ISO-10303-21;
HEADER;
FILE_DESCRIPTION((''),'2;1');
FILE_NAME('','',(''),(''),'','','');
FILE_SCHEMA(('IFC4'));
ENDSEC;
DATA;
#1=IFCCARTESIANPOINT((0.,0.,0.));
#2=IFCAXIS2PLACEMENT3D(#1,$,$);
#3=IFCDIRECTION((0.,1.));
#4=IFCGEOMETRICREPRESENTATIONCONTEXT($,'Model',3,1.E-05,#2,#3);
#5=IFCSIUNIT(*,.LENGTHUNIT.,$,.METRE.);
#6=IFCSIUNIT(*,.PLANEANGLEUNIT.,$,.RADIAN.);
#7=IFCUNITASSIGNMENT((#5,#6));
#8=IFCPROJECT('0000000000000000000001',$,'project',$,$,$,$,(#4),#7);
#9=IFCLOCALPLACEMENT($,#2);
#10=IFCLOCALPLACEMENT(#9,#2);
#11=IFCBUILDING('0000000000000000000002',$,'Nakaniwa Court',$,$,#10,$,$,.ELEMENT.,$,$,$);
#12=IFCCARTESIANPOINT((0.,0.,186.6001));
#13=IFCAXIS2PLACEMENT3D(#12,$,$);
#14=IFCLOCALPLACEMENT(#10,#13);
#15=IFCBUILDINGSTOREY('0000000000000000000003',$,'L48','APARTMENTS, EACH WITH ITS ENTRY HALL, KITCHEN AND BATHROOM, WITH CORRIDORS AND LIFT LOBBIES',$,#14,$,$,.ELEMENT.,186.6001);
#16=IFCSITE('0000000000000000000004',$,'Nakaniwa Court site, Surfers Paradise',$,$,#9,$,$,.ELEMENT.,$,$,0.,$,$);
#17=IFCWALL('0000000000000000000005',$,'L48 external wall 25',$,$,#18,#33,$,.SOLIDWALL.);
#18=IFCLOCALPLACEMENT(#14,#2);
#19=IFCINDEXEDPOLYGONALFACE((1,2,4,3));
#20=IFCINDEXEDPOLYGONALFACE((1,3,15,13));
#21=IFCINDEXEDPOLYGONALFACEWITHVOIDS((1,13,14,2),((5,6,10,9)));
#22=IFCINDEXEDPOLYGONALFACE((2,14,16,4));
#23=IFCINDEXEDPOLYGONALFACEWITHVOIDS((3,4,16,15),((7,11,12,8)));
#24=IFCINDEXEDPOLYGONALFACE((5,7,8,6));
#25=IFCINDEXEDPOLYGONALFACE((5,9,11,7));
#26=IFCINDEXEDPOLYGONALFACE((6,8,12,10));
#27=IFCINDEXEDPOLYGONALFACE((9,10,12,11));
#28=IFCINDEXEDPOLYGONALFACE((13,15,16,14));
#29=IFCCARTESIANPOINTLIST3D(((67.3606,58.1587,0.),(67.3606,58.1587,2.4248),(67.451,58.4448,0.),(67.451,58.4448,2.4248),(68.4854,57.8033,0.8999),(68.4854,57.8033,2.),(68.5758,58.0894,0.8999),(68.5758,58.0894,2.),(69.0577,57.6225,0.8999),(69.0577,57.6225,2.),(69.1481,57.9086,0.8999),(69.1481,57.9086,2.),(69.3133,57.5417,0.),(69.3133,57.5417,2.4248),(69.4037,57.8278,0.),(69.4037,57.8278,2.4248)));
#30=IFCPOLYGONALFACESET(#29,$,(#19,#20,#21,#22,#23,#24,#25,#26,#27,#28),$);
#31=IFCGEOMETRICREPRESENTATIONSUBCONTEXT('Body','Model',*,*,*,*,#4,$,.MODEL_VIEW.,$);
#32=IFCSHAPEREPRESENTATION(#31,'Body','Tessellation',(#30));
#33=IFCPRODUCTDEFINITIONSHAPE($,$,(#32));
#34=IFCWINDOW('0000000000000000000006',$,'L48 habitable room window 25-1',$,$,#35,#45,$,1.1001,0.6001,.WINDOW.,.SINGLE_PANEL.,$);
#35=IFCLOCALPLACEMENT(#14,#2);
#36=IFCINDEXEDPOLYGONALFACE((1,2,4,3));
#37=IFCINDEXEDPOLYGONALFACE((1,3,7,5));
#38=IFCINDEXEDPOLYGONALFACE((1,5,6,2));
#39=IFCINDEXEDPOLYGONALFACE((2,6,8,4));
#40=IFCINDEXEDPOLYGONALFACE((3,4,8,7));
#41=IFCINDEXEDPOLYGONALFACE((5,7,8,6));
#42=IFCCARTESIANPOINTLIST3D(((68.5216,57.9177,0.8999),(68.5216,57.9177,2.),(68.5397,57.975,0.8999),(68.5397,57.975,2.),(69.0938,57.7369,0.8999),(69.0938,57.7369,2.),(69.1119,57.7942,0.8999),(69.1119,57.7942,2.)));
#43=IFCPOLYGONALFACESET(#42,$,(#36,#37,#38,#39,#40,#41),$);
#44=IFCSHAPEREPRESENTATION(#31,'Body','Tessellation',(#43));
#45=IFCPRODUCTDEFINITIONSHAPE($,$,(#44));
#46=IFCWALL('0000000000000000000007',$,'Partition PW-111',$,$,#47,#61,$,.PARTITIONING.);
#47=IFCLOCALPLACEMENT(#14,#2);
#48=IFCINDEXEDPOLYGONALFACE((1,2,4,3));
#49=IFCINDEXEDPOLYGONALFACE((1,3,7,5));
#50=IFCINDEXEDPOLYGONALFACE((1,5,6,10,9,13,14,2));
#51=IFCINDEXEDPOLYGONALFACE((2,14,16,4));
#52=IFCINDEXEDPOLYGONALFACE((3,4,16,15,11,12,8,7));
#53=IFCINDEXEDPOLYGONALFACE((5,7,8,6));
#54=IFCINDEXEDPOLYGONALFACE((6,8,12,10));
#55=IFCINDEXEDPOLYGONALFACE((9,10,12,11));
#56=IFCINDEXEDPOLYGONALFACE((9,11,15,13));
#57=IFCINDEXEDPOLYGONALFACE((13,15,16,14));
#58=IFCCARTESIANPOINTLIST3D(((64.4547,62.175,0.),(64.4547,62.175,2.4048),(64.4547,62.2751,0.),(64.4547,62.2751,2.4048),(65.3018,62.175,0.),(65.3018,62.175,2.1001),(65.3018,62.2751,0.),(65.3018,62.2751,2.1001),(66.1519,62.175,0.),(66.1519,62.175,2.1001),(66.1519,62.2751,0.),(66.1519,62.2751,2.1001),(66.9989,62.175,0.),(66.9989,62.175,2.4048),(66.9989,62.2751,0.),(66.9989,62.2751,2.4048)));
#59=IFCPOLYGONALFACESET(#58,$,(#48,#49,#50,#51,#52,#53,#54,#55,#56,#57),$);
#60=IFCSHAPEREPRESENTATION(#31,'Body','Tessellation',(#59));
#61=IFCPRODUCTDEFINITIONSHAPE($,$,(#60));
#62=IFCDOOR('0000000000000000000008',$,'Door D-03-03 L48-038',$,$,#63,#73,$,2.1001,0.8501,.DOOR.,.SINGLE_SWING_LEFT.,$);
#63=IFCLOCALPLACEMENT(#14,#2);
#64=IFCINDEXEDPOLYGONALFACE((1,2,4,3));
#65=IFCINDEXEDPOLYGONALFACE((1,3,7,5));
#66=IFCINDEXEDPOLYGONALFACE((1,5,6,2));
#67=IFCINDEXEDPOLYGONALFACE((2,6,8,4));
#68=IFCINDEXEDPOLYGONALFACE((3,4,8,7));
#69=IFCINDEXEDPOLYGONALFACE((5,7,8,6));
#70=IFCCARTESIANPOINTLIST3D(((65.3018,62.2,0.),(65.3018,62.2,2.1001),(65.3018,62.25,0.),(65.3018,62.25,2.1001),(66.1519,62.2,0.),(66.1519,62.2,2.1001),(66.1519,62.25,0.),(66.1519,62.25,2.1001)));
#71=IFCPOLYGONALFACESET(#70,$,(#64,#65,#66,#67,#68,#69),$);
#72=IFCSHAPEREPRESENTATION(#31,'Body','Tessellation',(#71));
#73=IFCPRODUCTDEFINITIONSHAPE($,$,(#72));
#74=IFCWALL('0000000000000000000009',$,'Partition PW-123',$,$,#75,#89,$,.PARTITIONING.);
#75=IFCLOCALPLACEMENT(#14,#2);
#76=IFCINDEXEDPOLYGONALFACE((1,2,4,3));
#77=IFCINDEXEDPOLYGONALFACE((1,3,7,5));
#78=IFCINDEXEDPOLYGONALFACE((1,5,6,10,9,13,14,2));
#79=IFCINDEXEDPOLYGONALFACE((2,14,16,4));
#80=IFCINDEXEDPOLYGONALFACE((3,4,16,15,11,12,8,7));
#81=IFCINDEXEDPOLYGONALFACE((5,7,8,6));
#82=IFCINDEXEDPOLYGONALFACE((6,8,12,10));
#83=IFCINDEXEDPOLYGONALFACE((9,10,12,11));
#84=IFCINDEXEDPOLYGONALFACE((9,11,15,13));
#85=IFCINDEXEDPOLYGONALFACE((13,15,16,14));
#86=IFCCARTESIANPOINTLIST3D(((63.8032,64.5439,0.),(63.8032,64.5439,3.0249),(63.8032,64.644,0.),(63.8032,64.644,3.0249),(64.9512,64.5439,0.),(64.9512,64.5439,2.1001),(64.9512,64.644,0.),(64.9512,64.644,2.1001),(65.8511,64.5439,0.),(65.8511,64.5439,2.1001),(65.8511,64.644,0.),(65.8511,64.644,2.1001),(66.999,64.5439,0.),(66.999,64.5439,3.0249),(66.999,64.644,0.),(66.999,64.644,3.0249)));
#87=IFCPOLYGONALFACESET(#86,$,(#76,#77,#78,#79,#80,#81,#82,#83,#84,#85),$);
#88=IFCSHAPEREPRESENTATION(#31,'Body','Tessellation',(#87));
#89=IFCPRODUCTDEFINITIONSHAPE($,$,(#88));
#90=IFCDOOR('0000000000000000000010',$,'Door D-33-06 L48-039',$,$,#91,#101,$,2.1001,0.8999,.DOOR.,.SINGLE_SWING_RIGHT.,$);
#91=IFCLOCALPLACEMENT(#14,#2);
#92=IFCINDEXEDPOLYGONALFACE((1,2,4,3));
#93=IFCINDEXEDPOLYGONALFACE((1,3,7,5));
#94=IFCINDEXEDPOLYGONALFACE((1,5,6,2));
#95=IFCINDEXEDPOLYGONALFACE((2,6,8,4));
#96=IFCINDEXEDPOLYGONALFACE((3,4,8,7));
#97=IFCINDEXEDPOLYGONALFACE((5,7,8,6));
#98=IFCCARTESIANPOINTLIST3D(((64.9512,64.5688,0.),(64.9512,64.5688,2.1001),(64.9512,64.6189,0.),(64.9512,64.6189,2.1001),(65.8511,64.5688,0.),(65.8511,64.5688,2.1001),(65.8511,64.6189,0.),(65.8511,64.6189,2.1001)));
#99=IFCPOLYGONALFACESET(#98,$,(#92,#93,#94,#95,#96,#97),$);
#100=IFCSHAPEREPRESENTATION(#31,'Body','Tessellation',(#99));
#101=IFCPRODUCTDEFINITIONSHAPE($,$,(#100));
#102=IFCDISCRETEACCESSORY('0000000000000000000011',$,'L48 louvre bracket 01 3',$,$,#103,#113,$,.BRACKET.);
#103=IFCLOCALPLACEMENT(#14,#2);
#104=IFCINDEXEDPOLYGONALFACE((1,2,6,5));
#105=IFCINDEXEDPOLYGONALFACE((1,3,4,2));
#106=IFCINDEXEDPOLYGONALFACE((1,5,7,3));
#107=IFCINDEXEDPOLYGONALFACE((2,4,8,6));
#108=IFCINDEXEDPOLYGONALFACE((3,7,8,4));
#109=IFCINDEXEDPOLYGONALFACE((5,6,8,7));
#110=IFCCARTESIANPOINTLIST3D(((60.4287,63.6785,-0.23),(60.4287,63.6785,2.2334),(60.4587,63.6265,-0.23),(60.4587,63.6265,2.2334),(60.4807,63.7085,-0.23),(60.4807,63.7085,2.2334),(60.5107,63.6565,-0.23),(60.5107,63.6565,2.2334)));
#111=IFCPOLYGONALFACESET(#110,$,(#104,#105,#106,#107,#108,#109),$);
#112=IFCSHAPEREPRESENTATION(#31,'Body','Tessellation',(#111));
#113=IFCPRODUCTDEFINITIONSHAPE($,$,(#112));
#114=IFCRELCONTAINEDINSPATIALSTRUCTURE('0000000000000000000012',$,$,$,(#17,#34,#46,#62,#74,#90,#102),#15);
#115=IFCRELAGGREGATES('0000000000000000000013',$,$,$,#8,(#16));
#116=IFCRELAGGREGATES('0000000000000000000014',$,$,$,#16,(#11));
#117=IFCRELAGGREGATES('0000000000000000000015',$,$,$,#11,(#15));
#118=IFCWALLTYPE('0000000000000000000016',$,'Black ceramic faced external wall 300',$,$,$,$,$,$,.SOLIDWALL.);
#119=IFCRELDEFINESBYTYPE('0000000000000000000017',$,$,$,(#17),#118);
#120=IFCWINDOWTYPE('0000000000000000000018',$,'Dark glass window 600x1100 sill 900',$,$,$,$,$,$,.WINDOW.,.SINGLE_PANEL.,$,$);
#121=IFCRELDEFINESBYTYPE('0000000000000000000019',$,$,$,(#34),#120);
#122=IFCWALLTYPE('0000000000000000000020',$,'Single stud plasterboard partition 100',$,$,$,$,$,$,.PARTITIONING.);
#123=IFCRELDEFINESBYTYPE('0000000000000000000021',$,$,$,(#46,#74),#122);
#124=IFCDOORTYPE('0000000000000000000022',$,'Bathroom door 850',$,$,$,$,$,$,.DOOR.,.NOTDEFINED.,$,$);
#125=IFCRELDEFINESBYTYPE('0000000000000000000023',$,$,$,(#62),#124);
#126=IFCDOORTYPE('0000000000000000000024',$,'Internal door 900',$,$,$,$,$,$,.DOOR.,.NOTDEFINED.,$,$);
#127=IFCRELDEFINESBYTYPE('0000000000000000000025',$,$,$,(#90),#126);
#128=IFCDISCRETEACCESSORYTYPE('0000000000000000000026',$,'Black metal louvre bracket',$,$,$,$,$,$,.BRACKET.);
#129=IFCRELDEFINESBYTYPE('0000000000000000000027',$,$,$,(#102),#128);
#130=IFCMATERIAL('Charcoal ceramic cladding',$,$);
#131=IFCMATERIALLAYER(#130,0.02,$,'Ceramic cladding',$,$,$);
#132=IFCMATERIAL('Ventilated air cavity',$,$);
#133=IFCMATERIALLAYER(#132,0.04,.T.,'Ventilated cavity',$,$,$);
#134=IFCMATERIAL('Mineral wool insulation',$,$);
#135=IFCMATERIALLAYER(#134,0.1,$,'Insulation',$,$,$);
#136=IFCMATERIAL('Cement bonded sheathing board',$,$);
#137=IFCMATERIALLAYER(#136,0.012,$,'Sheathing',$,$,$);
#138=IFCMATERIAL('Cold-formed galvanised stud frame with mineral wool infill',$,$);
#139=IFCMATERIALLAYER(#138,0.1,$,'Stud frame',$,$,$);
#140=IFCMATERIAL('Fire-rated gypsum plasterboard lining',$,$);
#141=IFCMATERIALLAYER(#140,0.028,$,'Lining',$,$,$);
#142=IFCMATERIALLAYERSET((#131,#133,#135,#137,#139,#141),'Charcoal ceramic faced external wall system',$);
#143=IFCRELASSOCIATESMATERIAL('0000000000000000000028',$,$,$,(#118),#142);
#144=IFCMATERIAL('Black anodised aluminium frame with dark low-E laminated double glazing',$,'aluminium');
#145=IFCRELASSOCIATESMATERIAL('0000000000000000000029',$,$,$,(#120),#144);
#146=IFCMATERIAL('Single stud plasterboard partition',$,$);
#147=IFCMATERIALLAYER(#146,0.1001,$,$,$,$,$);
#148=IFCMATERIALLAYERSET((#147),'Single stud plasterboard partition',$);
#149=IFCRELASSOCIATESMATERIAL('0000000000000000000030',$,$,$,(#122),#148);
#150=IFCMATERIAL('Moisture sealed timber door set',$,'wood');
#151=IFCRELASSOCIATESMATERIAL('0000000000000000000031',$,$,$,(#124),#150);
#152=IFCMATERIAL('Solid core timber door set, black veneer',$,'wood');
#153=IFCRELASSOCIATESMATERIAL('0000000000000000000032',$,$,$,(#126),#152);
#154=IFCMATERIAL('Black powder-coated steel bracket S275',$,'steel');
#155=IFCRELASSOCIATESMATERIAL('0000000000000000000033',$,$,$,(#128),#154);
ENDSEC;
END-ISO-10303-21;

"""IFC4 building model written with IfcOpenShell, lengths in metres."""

from ifc_helpers import new_model, si_unit, direction, frame, frame_2d, origin, origin_2d, place, context, subcontext, project, spatial, rectangle, extrude, material, layer, layer_set, type_object, element, fill, save


model = new_model("IFC4")

# Units and contexts
model_context = context("Model", 3, precision=1e-05, world=origin(), true_north=direction((0.0, 1.0)))
body_context = subcontext(model_context, "Body", "Model", "MODEL_VIEW")
ifc_project = project(units=[si_unit("LENGTHUNIT", "METRE"), si_unit("PLANEANGLEUNIT", "RADIAN")], contexts=[model_context])

# Site, building, storey
site_placement = place(None, origin())
site = spatial("IfcSite", under=ifc_project, at=site_placement, Name="Nakaniwa Court site, Surfers Paradise", CompositionType="ELEMENT", RefElevation=0.0)
building_placement = place(site_placement, origin())
building = spatial("IfcBuilding", under=site, at=building_placement, Name="Nakaniwa Court", CompositionType="ELEMENT")
storey_placement = place(building_placement, frame((0.0, 0.0, 186.6001)))
storey = spatial("IfcBuildingStorey", under=building, at=storey_placement, Name="L48", Description="APARTMENTS, EACH WITH ITS ENTRY HALL, KITCHEN AND BATHROOM, WITH CORRIDORS AND LIFT LOBBIES", CompositionType="ELEMENT", Elevation=186.6001)

# Shared definitions
ifc_material_1 = material(Name="Solid core timber door set, black veneer", Category="wood")

# Shared definitions
ifc_material_2 = material(Name="Charcoal ceramic cladding")
ifc_layer_1 = layer(ifc_material_2, 0.02, Name="Ceramic cladding")
ifc_material_3 = material(Name="Ventilated air cavity")
ifc_layer_2 = layer(ifc_material_3, 0.04, ventilated=True, Name="Ventilated cavity")
ifc_material_4 = material(Name="Mineral wool insulation")
ifc_layer_3 = layer(ifc_material_4, 0.1, Name="Insulation")
ifc_material_5 = material(Name="Cement bonded sheathing board")
ifc_layer_4 = layer(ifc_material_5, 0.012, Name="Sheathing")
ifc_material_6 = material(Name="Cold-formed galvanised stud frame with mineral wool infill")
ifc_layer_5 = layer(ifc_material_6, 0.1, Name="Stud frame")
ifc_material_7 = material(Name="Fire-rated gypsum plasterboard lining")
ifc_layer_6 = layer(ifc_material_7, 0.028, Name="Lining")
ifc_layer_set_1 = layer_set([ifc_layer_1, ifc_layer_2, ifc_layer_3, ifc_layer_4, ifc_layer_5, ifc_layer_6], Name="Charcoal ceramic faced external wall system")
wall_type_1 = type_object("IfcWallType", Name="Black ceramic faced external wall 300", PredefinedType="SOLIDWALL", material=ifc_layer_set_1)
ifc_material_8 = material(Name="Black anodised aluminium frame with dark low-E laminated double glazing", Category="aluminium")

# Wall, opening, window
wall_1_placement = place(storey_placement, frame((67.4058, 58.3018, 0.0), z_axis=(0.0, 0.0, 1.0), x_axis=(0.953538, -0.301274, 0.0)))
wall_1 = element("IfcWall", 1, at=wall_1_placement, inside=storey, type_object=wall_type_1, Name="L48 external wall 25", PredefinedType="SOLIDWALL", context=body_context, shape_type="SweptSolid", body=[
    extrude(rectangle(XDim=2.0479, YDim=0.3, at=frame_2d((1.0239, 0.0))), origin(), (0.0, 0.0, 1.0), 2.4248),
])
opening_1_placement = place(wall_1_placement, frame((1.1797, 0.0, 0.8999)))
opening_1 = element("IfcOpeningElement", 2, at=opening_1_placement, cuts=wall_1, PredefinedType="OPENING", context=body_context, shape_type="SweptSolid", body=[
    extrude(rectangle(XDim=0.6001, YDim=1.1001, at=frame_2d((0.3, 0.55))), frame((0.0, 0.1599, 0.0), z_axis=(0.0, -1.0, 0.0), x_axis=(1.0, 0.0, 0.0)), (0.0, 0.0, 1.0), 0.3201),
])
window_type_1 = type_object("IfcWindowType", Name="Dark glass window 600x1100 sill 900", PartitioningType="SINGLE_PANEL", PredefinedType="WINDOW", material=ifc_material_8)
window_1_placement = place(opening_1_placement, origin())
window_1 = element("IfcWindow", 3, at=window_1_placement, inside=storey, type_object=window_type_1, Name="L48 habitable room window 25-1", OverallHeight=1.1001, OverallWidth=0.6001, PartitioningType="SINGLE_PANEL", PredefinedType="WINDOW", context=body_context, shape_type="SweptSolid", body=[
    extrude(rectangle(XDim=0.6001, YDim=1.1001, at=frame_2d((0.3, 0.55))), frame((0.0, 0.03, 0.0), z_axis=(0.0, -1.0, 0.0), x_axis=(1.0, 0.0, 0.0)), (0.0, 0.0, 1.0), 0.0601),
])
fill(opening_1, window_1)

# Walls, openings, doors
ifc_material_9 = material(Name="Single stud plasterboard partition")
ifc_layer_7 = layer(ifc_material_9, 0.1001)
ifc_layer_set_2 = layer_set([ifc_layer_7], Name="Single stud plasterboard partition")
wall_type_2 = type_object("IfcWallType", Name="Single stud plasterboard partition 100", PredefinedType="PARTITIONING", material=ifc_layer_set_2)
wall_2_placement = place(storey_placement, frame((64.4548, 62.2251, 0.0), z_axis=(0.0, 0.0, 1.0), x_axis=(1.0, 0.0, 0.0)))
wall_2 = element("IfcWall", 4, at=wall_2_placement, inside=storey, type_object=wall_type_2, Name="Partition PW-111", PredefinedType="PARTITIONING", context=body_context, shape_type="SweptSolid", body=[
    extrude(rectangle(XDim=2.5442, YDim=0.1001, at=frame_2d((1.272, 0.0))), origin(), (0.0, 0.0, 1.0), 2.4048),
])
opening_2_placement = place(wall_2_placement, frame((0.8469, 0.0, 0.0)))
opening_2 = element("IfcOpeningElement", 5, at=opening_2_placement, cuts=wall_2, PredefinedType="OPENING", context=body_context, shape_type="SweptSolid", body=[
    extrude(rectangle(XDim=0.8501, YDim=2.1001, at=frame_2d((0.425, 1.05))), frame((0.0, 0.0601, 0.0), z_axis=(0.0, -1.0, 0.0), x_axis=(1.0, 0.0, 0.0)), (0.0, 0.0, 1.0), 0.1201),
])
ifc_material_10 = material(Name="Moisture sealed timber door set", Category="wood")
door_type_1 = type_object("IfcDoorType", Name="Bathroom door 850", OperationType="NOTDEFINED", PredefinedType="DOOR", material=ifc_material_10)
door_1_placement = place(opening_2_placement, origin())
door_1 = element("IfcDoor", 6, at=door_1_placement, inside=storey, type_object=door_type_1, Name="Door D-03-03 L48-038", OperationType="SINGLE_SWING_LEFT", OverallHeight=2.1001, OverallWidth=0.8501, PredefinedType="DOOR", context=body_context, shape_type="SweptSolid", body=[
    extrude(rectangle(XDim=0.8501, YDim=2.1001, at=frame_2d((0.425, 1.05))), frame((0.0, 0.0249, 0.0), z_axis=(0.0, -1.0, 0.0), x_axis=(1.0, 0.0, 0.0)), (0.0, 0.0, 1.0), 0.05),
])
fill(opening_2, door_1)
wall_3_placement = place(storey_placement, frame((63.8032, 64.594, 0.0), z_axis=(0.0, 0.0, 1.0), x_axis=(1.0, 0.0, 0.0)))
wall_3 = element("IfcWall", 7, at=wall_3_placement, inside=storey, type_object=wall_type_2, Name="Partition PW-123", PredefinedType="PARTITIONING", context=body_context, shape_type="SweptSolid", body=[
    extrude(rectangle(XDim=3.1958, YDim=0.1001, at=frame_2d((1.5979, 0.0))), origin(), (0.0, 0.0, 1.0), 3.0249),
])
opening_3_placement = place(wall_3_placement, frame((1.1479, 0.0, 0.0)))
opening_3 = element("IfcOpeningElement", 8, at=opening_3_placement, cuts=wall_3, PredefinedType="OPENING", context=body_context, shape_type="SweptSolid", body=[
    extrude(rectangle(XDim=0.8999, YDim=2.1001, at=frame_2d((0.45, 1.05))), frame((0.0, 0.0601, 0.0), z_axis=(0.0, -1.0, 0.0), x_axis=(1.0, 0.0, 0.0)), (0.0, 0.0, 1.0), 0.1201),
])
door_type_2 = type_object("IfcDoorType", Name="Internal door 900", OperationType="NOTDEFINED", PredefinedType="DOOR", material=ifc_material_1)
door_2_placement = place(opening_3_placement, origin())
door_2 = element("IfcDoor", 9, at=door_2_placement, inside=storey, type_object=door_type_2, Name="Door D-33-06 L48-039", OperationType="SINGLE_SWING_RIGHT", OverallHeight=2.1001, OverallWidth=0.8999, PredefinedType="DOOR", context=body_context, shape_type="SweptSolid", body=[
    extrude(rectangle(XDim=0.8999, YDim=2.1001, at=frame_2d((0.45, 1.05))), frame((0.0, 0.0249, 0.0), z_axis=(0.0, -1.0, 0.0), x_axis=(1.0, 0.0, 0.0)), (0.0, 0.0, 1.0), 0.05),
])
fill(opening_3, door_2)

# Discrete accessory
ifc_material_11 = material(Name="Black powder-coated steel bracket S275", Category="steel")
discrete_accessory_type = type_object("IfcDiscreteAccessoryType", Name="Black metal louvre bracket", PredefinedType="BRACKET", material=ifc_material_11)
discrete_accessory_placement = place(storey_placement, frame((60.4697, 63.6675, -0.23), z_axis=(0.0, 0.0, 1.0), x_axis=(0.500017, -0.866016, 0.0)))
element("IfcDiscreteAccessory", 10, at=discrete_accessory_placement, inside=storey, type_object=discrete_accessory_type, Name="L48 louvre bracket 01 3", PredefinedType="BRACKET", context=body_context, shape_type="SweptSolid", body=[
    extrude(rectangle(XDim=0.0601, YDim=0.0601, at=origin_2d()), origin(), (0.0, 0.0, 1.0), 2.4634),
])

save(model, "model.ifc")
